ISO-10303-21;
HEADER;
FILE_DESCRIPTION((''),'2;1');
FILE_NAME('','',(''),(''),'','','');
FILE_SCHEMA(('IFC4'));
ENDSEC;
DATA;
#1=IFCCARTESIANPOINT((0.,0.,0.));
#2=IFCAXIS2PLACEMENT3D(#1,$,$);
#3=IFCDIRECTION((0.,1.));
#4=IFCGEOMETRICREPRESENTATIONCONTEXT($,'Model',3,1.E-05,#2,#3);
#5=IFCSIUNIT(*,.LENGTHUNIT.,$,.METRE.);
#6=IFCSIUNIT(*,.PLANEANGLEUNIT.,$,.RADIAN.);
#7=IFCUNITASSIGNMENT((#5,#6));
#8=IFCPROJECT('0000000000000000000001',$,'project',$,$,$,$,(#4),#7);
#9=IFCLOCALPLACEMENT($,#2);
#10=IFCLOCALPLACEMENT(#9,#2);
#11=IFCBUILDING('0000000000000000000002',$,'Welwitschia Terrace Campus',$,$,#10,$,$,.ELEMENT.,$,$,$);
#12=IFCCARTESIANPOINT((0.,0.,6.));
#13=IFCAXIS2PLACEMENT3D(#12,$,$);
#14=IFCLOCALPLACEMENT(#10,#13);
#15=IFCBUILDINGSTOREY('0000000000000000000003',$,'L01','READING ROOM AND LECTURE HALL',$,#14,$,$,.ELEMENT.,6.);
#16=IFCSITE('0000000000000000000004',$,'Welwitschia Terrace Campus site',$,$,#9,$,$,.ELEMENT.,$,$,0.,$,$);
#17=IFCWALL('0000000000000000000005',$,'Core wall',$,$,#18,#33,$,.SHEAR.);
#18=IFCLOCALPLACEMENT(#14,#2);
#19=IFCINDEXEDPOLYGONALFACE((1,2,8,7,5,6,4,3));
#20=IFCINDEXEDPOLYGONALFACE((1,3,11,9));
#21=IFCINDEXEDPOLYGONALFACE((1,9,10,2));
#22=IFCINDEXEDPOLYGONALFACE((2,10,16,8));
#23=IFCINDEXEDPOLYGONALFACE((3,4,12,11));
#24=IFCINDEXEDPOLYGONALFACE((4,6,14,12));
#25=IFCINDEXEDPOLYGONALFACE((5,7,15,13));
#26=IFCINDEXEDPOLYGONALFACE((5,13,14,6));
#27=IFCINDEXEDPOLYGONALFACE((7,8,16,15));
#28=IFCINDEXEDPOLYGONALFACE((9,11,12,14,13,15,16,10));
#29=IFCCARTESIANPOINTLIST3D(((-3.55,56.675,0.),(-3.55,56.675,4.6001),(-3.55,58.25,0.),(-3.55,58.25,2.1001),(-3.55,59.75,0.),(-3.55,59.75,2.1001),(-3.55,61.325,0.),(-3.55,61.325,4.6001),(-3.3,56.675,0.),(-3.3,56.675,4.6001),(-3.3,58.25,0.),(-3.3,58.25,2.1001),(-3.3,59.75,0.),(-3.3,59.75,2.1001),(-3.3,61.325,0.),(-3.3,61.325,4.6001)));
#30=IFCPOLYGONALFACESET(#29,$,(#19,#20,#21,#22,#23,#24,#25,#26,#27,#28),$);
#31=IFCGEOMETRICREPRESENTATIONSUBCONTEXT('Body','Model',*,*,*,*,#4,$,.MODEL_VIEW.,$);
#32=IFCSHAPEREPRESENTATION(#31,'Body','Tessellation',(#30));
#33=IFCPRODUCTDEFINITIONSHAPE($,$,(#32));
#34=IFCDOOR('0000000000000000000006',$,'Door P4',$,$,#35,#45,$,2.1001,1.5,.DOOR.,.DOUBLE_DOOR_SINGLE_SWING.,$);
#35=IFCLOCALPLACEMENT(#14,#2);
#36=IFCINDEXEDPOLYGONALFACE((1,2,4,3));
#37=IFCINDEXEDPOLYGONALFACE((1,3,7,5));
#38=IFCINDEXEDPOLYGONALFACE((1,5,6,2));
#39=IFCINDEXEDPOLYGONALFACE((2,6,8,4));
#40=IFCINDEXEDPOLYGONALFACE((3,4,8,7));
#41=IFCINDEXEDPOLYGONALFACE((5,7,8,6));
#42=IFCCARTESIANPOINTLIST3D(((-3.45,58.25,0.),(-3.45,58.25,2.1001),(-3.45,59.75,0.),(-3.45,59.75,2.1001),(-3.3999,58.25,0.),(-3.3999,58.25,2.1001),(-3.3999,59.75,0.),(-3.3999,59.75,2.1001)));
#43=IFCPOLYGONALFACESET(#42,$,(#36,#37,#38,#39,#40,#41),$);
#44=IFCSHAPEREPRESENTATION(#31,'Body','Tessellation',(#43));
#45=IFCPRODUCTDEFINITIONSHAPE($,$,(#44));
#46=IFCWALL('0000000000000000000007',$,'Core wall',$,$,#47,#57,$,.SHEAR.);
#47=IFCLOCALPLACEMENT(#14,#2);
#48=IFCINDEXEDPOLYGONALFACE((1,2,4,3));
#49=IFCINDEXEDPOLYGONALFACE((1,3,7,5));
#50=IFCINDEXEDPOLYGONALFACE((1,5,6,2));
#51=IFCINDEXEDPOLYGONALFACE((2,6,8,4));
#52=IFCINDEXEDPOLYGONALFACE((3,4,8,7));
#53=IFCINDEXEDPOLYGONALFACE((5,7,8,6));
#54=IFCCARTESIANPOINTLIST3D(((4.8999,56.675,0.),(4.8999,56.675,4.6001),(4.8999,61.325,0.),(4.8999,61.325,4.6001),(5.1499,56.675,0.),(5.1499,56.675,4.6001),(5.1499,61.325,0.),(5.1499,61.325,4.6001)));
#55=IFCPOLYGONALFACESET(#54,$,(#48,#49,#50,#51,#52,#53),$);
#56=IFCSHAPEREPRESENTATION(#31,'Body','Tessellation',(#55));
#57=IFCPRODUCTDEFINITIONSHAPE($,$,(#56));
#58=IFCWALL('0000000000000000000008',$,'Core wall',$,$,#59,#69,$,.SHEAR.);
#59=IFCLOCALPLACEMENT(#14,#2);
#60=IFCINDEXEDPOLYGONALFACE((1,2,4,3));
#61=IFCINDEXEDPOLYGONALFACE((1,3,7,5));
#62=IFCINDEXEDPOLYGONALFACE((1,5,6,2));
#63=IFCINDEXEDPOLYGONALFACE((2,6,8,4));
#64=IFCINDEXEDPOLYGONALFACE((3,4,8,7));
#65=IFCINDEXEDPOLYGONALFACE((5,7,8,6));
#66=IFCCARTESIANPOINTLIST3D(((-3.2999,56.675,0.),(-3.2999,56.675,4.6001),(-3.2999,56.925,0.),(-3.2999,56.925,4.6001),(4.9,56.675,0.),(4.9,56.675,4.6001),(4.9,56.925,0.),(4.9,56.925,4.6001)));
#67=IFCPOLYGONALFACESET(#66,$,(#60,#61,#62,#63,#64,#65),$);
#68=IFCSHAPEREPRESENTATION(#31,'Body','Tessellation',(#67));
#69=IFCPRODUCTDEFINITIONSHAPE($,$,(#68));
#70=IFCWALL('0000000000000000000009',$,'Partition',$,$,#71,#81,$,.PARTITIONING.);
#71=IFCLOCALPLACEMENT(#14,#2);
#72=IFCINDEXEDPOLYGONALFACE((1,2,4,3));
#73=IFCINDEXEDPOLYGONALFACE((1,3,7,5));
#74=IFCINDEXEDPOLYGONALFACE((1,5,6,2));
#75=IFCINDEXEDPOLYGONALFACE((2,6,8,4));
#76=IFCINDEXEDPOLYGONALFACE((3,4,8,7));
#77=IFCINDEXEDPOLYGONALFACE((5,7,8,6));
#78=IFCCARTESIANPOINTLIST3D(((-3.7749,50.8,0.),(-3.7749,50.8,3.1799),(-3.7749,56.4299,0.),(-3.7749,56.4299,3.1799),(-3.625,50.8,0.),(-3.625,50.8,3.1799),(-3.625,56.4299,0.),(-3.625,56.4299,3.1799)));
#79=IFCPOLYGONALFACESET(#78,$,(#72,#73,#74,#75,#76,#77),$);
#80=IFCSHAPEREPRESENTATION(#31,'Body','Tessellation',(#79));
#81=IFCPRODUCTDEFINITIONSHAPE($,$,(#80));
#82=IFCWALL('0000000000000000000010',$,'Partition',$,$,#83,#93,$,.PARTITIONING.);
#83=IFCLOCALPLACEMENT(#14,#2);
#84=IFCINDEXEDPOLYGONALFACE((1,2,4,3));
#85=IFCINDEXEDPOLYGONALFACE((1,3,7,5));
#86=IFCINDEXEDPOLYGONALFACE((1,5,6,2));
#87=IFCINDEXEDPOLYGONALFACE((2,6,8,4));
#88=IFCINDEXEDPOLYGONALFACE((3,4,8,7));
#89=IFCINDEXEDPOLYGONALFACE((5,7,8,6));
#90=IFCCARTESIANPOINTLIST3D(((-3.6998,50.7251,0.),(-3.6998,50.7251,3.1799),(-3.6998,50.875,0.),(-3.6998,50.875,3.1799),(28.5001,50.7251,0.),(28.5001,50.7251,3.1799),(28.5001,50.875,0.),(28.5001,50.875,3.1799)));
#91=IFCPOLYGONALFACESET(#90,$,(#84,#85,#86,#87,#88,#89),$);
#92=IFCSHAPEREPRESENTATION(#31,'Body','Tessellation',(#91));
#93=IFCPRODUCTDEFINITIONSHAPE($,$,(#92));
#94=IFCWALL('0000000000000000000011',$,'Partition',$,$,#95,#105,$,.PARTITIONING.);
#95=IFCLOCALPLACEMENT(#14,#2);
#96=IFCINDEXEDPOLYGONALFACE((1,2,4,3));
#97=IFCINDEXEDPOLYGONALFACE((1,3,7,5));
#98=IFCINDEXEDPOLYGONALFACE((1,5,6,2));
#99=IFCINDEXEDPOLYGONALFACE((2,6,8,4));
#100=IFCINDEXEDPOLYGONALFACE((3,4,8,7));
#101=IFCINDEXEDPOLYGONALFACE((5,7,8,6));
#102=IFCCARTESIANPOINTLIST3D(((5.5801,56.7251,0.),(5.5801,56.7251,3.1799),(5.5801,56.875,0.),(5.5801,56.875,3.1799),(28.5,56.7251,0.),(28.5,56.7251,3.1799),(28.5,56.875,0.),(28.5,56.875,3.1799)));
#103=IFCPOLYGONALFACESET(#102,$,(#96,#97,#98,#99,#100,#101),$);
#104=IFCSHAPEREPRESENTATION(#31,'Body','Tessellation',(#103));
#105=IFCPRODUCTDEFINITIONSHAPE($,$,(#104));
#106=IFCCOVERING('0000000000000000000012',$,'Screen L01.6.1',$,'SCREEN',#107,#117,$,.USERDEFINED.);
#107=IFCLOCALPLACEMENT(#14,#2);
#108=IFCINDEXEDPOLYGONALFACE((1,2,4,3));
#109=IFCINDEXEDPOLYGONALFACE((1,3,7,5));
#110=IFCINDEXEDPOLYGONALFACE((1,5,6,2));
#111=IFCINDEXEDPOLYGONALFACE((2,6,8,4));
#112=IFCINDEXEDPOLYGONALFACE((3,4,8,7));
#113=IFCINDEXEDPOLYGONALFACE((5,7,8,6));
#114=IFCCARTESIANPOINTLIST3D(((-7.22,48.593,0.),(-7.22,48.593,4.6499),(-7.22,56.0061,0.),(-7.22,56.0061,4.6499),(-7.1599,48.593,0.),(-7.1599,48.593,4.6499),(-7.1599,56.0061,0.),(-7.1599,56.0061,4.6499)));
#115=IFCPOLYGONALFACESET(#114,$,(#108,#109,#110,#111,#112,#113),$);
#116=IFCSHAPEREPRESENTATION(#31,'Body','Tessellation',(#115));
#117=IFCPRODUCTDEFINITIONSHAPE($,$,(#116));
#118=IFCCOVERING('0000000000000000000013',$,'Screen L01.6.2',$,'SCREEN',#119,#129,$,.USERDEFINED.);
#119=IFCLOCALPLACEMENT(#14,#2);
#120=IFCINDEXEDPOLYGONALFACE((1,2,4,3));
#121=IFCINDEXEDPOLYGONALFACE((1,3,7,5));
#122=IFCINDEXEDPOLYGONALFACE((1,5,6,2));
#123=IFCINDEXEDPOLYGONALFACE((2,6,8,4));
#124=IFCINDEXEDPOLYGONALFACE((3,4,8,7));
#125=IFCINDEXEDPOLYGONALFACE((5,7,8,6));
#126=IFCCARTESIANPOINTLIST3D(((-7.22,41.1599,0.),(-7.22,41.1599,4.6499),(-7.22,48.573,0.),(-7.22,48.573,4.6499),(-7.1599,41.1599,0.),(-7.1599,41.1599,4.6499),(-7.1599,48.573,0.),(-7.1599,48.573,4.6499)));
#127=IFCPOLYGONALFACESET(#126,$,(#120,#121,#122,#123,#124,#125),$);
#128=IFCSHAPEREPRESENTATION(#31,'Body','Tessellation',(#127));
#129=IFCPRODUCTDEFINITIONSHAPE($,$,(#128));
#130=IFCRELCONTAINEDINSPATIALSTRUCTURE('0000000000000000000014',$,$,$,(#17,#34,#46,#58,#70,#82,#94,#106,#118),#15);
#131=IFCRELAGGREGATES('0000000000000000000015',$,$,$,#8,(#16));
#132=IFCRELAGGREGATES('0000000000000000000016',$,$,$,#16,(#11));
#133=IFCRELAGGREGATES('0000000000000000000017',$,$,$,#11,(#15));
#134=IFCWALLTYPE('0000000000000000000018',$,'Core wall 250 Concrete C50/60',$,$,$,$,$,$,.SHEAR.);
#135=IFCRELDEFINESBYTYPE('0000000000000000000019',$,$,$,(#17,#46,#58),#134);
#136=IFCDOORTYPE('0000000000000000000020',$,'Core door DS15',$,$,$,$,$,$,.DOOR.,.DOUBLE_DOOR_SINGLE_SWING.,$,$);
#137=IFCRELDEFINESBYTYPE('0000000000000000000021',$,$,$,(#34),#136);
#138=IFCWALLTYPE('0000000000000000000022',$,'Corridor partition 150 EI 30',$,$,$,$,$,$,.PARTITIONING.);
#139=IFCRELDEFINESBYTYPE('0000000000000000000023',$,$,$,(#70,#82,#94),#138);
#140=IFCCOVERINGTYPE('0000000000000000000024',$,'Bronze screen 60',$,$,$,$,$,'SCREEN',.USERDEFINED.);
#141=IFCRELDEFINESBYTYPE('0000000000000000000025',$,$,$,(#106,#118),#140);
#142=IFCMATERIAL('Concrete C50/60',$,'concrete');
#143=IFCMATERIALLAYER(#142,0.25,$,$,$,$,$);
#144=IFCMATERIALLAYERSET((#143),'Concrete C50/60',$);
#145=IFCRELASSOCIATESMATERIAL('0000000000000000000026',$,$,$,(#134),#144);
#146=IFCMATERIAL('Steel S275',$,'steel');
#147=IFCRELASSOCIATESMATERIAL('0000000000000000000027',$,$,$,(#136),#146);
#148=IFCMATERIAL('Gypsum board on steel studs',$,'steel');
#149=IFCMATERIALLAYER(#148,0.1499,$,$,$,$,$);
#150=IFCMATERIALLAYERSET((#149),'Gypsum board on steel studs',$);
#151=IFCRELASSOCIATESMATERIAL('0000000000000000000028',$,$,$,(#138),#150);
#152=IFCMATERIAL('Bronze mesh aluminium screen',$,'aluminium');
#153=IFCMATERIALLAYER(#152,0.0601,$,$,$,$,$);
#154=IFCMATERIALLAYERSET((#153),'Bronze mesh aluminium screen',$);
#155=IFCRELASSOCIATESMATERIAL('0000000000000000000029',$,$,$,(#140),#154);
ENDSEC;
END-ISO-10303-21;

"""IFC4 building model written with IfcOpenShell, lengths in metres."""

from ifc_helpers import new_model, si_unit, direction, frame, frame_2d, origin, origin_2d, place, context, subcontext, project, spatial, rectangle, extrude, material, layer, layer_set, type_object, element, fill, save


model = new_model("IFC4")

# Units and contexts
model_context = context("Model", 3, precision=1e-05, world=origin(), true_north=direction((0.0, 1.0)))
body_context = subcontext(model_context, "Body", "Model", "MODEL_VIEW")
ifc_project = project(units=[si_unit("LENGTHUNIT", "METRE"), si_unit("PLANEANGLEUNIT", "RADIAN")], contexts=[model_context])

# Site, building, storey
site_placement = place(None, origin())
site = spatial("IfcSite", under=ifc_project, at=site_placement, Name="Welwitschia Terrace Campus site", CompositionType="ELEMENT", RefElevation=0.0)
building_placement = place(site_placement, origin())
building = spatial("IfcBuilding", under=site, at=building_placement, Name="Welwitschia Terrace Campus", CompositionType="ELEMENT")
storey_placement = place(building_placement, frame((0.0, 0.0, 6.0)))
storey = spatial("IfcBuildingStorey", under=building, at=storey_placement, Name="L01", Description="READING ROOM AND LECTURE HALL", CompositionType="ELEMENT", Elevation=6.0)

# Wall, opening, door
ifc_material_1 = material(Name="Concrete C50/60", Category="concrete")
ifc_layer_1 = layer(ifc_material_1, 0.25)
ifc_layer_set_1 = layer_set([ifc_layer_1], Name="Concrete C50/60")
wall_type_1 = type_object("IfcWallType", Name="Core wall 250 Concrete C50/60", PredefinedType="SHEAR", material=ifc_layer_set_1)
wall_1_placement = place(storey_placement, frame((-3.425, 56.675, 0.0), z_axis=(0.0, 0.0, 1.0), x_axis=(0.0, 1.0, 0.0)))
wall_1 = element("IfcWall", 1, at=wall_1_placement, inside=storey, type_object=wall_type_1, Name="Core wall", PredefinedType="SHEAR", context=body_context, shape_type="SweptSolid", body=[
    extrude(rectangle(XDim=4.6499, YDim=0.25, at=frame_2d((2.325, 0.0))), origin(), (0.0, 0.0, 1.0), 4.6001),
])
opening_placement = place(wall_1_placement, frame((1.575, 0.0, 0.0)))
opening = element("IfcOpeningElement", 2, at=opening_placement, cuts=wall_1, PredefinedType="OPENING", context=body_context, shape_type="SweptSolid", body=[
    extrude(rectangle(XDim=1.5, YDim=2.1001, at=frame_2d((0.75, 1.05))), frame((0.0, 0.135, 0.0), z_axis=(0.0, -1.0, 0.0), x_axis=(1.0, 0.0, 0.0)), (0.0, 0.0, 1.0), 0.27),
])
ifc_material_2 = material(Name="Steel S275", Category="steel")
door_type = type_object("IfcDoorType", Name="Core door DS15", OperationType="DOUBLE_DOOR_SINGLE_SWING", PredefinedType="DOOR", material=ifc_material_2)
door_placement = place(opening_placement, origin())
door = element("IfcDoor", 3, at=door_placement, inside=storey, type_object=door_type, Name="Door P4", OperationType="DOUBLE_DOOR_SINGLE_SWING", OverallHeight=2.1001, OverallWidth=1.5, PredefinedType="DOOR", context=body_context, shape_type="SweptSolid", body=[
    extrude(rectangle(XDim=1.5, YDim=2.1001, at=frame_2d((0.75, 1.05))), frame((0.0, 0.0249, 0.0), z_axis=(0.0, -1.0, 0.0), x_axis=(1.0, 0.0, 0.0)), (0.0, 0.0, 1.0), 0.05),
])
fill(opening, door)

# Walls
wall_2_placement = place(storey_placement, frame((5.0249, 56.675, 0.0), z_axis=(0.0, 0.0, 1.0), x_axis=(0.0, 1.0, 0.0)))
element("IfcWall", 4, at=wall_2_placement, inside=storey, type_object=wall_type_1, Name="Core wall", PredefinedType="SHEAR", context=body_context, shape_type="SweptSolid", body=[
    extrude(rectangle(XDim=4.6499, YDim=0.25, at=frame_2d((2.325, 0.0))), origin(), (0.0, 0.0, 1.0), 4.6001),
])
wall_3_placement = place(storey_placement, frame((-3.3, 56.8, 0.0), z_axis=(0.0, 0.0, 1.0), x_axis=(1.0, 0.0, 0.0)))
element("IfcWall", 5, at=wall_3_placement, inside=storey, type_object=wall_type_1, Name="Core wall", PredefinedType="SHEAR", context=body_context, shape_type="SweptSolid", body=[
    extrude(rectangle(XDim=8.2, YDim=0.25, at=frame_2d((4.1001, 0.0))), origin(), (0.0, 0.0, 1.0), 4.6001),
])
ifc_material_3 = material(Name="Gypsum board on steel studs", Category="steel")
ifc_layer_2 = layer(ifc_material_3, 0.1499)
ifc_layer_set_2 = layer_set([ifc_layer_2], Name="Gypsum board on steel studs")
wall_type_2 = type_object("IfcWallType", Name="Corridor partition 150 EI 30", PredefinedType="PARTITIONING", material=ifc_layer_set_2)
wall_4_placement = place(storey_placement, frame((-3.7, 50.8, 0.0), z_axis=(0.0, 0.0, 1.0), x_axis=(0.0, 1.0, 0.0)))
element("IfcWall", 6, at=wall_4_placement, inside=storey, type_object=wall_type_2, Name="Partition", PredefinedType="PARTITIONING", context=body_context, shape_type="SweptSolid", body=[
    extrude(rectangle(XDim=5.6299, YDim=0.1499, at=frame_2d((2.8149, 0.0))), origin(), (0.0, 0.0, 1.0), 3.1799),
])
wall_5_placement = place(storey_placement, frame((-3.7, 50.8, 0.0), z_axis=(0.0, 0.0, 1.0), x_axis=(1.0, 0.0, 0.0)))
element("IfcWall", 7, at=wall_5_placement, inside=storey, type_object=wall_type_2, Name="Partition", PredefinedType="PARTITIONING", context=body_context, shape_type="SweptSolid", body=[
    extrude(rectangle(XDim=32.2, YDim=0.1499, at=frame_2d((16.1001, 0.0))), origin(), (0.0, 0.0, 1.0), 3.1799),
])
wall_6_placement = place(storey_placement, frame((5.5801, 56.8, 0.0), z_axis=(0.0, 0.0, 1.0), x_axis=(1.0, 0.0, 0.0)))
element("IfcWall", 8, at=wall_6_placement, inside=storey, type_object=wall_type_2, Name="Partition", PredefinedType="PARTITIONING", context=body_context, shape_type="SweptSolid", body=[
    extrude(rectangle(XDim=22.9199, YDim=0.1499, at=frame_2d((11.46, 0.0))), origin(), (0.0, 0.0, 1.0), 3.1799),
])

# Coverings
ifc_material_4 = material(Name="Bronze mesh aluminium screen", Category="aluminium")
ifc_layer_3 = layer(ifc_material_4, 0.0601)
ifc_layer_set_3 = layer_set([ifc_layer_3], Name="Bronze mesh aluminium screen")
covering_type = type_object("IfcCoveringType", Name="Bronze screen 60", ElementType="SCREEN", PredefinedType="USERDEFINED", material=ifc_layer_set_3)
for number, where, z_axis, x_axis, name in (
    (9, (-7.1899, 52.2996, 0.0), (0.0, 0.0, 1.0), (0.0, -1.0, 0.0), "Screen L01.6.1"),
    (10, (-7.1899, 44.8665, 0.0), (0.0, 0.0, 1.0), (0.0, -1.0, 0.0), "Screen L01.6.2"),
):
    element("IfcCovering", number, at=place(storey_placement, frame(where, z_axis=z_axis, x_axis=x_axis)), inside=storey, type_object=covering_type, Name=name, ObjectType="SCREEN", PredefinedType="USERDEFINED", context=body_context, shape_type="SweptSolid", body=[
        extrude(rectangle(XDim=7.4131, YDim=0.0601, at=origin_2d()), origin(), (0.0, 0.0, 1.0), 4.6499),
    ])

save(model, "model.ifc")
